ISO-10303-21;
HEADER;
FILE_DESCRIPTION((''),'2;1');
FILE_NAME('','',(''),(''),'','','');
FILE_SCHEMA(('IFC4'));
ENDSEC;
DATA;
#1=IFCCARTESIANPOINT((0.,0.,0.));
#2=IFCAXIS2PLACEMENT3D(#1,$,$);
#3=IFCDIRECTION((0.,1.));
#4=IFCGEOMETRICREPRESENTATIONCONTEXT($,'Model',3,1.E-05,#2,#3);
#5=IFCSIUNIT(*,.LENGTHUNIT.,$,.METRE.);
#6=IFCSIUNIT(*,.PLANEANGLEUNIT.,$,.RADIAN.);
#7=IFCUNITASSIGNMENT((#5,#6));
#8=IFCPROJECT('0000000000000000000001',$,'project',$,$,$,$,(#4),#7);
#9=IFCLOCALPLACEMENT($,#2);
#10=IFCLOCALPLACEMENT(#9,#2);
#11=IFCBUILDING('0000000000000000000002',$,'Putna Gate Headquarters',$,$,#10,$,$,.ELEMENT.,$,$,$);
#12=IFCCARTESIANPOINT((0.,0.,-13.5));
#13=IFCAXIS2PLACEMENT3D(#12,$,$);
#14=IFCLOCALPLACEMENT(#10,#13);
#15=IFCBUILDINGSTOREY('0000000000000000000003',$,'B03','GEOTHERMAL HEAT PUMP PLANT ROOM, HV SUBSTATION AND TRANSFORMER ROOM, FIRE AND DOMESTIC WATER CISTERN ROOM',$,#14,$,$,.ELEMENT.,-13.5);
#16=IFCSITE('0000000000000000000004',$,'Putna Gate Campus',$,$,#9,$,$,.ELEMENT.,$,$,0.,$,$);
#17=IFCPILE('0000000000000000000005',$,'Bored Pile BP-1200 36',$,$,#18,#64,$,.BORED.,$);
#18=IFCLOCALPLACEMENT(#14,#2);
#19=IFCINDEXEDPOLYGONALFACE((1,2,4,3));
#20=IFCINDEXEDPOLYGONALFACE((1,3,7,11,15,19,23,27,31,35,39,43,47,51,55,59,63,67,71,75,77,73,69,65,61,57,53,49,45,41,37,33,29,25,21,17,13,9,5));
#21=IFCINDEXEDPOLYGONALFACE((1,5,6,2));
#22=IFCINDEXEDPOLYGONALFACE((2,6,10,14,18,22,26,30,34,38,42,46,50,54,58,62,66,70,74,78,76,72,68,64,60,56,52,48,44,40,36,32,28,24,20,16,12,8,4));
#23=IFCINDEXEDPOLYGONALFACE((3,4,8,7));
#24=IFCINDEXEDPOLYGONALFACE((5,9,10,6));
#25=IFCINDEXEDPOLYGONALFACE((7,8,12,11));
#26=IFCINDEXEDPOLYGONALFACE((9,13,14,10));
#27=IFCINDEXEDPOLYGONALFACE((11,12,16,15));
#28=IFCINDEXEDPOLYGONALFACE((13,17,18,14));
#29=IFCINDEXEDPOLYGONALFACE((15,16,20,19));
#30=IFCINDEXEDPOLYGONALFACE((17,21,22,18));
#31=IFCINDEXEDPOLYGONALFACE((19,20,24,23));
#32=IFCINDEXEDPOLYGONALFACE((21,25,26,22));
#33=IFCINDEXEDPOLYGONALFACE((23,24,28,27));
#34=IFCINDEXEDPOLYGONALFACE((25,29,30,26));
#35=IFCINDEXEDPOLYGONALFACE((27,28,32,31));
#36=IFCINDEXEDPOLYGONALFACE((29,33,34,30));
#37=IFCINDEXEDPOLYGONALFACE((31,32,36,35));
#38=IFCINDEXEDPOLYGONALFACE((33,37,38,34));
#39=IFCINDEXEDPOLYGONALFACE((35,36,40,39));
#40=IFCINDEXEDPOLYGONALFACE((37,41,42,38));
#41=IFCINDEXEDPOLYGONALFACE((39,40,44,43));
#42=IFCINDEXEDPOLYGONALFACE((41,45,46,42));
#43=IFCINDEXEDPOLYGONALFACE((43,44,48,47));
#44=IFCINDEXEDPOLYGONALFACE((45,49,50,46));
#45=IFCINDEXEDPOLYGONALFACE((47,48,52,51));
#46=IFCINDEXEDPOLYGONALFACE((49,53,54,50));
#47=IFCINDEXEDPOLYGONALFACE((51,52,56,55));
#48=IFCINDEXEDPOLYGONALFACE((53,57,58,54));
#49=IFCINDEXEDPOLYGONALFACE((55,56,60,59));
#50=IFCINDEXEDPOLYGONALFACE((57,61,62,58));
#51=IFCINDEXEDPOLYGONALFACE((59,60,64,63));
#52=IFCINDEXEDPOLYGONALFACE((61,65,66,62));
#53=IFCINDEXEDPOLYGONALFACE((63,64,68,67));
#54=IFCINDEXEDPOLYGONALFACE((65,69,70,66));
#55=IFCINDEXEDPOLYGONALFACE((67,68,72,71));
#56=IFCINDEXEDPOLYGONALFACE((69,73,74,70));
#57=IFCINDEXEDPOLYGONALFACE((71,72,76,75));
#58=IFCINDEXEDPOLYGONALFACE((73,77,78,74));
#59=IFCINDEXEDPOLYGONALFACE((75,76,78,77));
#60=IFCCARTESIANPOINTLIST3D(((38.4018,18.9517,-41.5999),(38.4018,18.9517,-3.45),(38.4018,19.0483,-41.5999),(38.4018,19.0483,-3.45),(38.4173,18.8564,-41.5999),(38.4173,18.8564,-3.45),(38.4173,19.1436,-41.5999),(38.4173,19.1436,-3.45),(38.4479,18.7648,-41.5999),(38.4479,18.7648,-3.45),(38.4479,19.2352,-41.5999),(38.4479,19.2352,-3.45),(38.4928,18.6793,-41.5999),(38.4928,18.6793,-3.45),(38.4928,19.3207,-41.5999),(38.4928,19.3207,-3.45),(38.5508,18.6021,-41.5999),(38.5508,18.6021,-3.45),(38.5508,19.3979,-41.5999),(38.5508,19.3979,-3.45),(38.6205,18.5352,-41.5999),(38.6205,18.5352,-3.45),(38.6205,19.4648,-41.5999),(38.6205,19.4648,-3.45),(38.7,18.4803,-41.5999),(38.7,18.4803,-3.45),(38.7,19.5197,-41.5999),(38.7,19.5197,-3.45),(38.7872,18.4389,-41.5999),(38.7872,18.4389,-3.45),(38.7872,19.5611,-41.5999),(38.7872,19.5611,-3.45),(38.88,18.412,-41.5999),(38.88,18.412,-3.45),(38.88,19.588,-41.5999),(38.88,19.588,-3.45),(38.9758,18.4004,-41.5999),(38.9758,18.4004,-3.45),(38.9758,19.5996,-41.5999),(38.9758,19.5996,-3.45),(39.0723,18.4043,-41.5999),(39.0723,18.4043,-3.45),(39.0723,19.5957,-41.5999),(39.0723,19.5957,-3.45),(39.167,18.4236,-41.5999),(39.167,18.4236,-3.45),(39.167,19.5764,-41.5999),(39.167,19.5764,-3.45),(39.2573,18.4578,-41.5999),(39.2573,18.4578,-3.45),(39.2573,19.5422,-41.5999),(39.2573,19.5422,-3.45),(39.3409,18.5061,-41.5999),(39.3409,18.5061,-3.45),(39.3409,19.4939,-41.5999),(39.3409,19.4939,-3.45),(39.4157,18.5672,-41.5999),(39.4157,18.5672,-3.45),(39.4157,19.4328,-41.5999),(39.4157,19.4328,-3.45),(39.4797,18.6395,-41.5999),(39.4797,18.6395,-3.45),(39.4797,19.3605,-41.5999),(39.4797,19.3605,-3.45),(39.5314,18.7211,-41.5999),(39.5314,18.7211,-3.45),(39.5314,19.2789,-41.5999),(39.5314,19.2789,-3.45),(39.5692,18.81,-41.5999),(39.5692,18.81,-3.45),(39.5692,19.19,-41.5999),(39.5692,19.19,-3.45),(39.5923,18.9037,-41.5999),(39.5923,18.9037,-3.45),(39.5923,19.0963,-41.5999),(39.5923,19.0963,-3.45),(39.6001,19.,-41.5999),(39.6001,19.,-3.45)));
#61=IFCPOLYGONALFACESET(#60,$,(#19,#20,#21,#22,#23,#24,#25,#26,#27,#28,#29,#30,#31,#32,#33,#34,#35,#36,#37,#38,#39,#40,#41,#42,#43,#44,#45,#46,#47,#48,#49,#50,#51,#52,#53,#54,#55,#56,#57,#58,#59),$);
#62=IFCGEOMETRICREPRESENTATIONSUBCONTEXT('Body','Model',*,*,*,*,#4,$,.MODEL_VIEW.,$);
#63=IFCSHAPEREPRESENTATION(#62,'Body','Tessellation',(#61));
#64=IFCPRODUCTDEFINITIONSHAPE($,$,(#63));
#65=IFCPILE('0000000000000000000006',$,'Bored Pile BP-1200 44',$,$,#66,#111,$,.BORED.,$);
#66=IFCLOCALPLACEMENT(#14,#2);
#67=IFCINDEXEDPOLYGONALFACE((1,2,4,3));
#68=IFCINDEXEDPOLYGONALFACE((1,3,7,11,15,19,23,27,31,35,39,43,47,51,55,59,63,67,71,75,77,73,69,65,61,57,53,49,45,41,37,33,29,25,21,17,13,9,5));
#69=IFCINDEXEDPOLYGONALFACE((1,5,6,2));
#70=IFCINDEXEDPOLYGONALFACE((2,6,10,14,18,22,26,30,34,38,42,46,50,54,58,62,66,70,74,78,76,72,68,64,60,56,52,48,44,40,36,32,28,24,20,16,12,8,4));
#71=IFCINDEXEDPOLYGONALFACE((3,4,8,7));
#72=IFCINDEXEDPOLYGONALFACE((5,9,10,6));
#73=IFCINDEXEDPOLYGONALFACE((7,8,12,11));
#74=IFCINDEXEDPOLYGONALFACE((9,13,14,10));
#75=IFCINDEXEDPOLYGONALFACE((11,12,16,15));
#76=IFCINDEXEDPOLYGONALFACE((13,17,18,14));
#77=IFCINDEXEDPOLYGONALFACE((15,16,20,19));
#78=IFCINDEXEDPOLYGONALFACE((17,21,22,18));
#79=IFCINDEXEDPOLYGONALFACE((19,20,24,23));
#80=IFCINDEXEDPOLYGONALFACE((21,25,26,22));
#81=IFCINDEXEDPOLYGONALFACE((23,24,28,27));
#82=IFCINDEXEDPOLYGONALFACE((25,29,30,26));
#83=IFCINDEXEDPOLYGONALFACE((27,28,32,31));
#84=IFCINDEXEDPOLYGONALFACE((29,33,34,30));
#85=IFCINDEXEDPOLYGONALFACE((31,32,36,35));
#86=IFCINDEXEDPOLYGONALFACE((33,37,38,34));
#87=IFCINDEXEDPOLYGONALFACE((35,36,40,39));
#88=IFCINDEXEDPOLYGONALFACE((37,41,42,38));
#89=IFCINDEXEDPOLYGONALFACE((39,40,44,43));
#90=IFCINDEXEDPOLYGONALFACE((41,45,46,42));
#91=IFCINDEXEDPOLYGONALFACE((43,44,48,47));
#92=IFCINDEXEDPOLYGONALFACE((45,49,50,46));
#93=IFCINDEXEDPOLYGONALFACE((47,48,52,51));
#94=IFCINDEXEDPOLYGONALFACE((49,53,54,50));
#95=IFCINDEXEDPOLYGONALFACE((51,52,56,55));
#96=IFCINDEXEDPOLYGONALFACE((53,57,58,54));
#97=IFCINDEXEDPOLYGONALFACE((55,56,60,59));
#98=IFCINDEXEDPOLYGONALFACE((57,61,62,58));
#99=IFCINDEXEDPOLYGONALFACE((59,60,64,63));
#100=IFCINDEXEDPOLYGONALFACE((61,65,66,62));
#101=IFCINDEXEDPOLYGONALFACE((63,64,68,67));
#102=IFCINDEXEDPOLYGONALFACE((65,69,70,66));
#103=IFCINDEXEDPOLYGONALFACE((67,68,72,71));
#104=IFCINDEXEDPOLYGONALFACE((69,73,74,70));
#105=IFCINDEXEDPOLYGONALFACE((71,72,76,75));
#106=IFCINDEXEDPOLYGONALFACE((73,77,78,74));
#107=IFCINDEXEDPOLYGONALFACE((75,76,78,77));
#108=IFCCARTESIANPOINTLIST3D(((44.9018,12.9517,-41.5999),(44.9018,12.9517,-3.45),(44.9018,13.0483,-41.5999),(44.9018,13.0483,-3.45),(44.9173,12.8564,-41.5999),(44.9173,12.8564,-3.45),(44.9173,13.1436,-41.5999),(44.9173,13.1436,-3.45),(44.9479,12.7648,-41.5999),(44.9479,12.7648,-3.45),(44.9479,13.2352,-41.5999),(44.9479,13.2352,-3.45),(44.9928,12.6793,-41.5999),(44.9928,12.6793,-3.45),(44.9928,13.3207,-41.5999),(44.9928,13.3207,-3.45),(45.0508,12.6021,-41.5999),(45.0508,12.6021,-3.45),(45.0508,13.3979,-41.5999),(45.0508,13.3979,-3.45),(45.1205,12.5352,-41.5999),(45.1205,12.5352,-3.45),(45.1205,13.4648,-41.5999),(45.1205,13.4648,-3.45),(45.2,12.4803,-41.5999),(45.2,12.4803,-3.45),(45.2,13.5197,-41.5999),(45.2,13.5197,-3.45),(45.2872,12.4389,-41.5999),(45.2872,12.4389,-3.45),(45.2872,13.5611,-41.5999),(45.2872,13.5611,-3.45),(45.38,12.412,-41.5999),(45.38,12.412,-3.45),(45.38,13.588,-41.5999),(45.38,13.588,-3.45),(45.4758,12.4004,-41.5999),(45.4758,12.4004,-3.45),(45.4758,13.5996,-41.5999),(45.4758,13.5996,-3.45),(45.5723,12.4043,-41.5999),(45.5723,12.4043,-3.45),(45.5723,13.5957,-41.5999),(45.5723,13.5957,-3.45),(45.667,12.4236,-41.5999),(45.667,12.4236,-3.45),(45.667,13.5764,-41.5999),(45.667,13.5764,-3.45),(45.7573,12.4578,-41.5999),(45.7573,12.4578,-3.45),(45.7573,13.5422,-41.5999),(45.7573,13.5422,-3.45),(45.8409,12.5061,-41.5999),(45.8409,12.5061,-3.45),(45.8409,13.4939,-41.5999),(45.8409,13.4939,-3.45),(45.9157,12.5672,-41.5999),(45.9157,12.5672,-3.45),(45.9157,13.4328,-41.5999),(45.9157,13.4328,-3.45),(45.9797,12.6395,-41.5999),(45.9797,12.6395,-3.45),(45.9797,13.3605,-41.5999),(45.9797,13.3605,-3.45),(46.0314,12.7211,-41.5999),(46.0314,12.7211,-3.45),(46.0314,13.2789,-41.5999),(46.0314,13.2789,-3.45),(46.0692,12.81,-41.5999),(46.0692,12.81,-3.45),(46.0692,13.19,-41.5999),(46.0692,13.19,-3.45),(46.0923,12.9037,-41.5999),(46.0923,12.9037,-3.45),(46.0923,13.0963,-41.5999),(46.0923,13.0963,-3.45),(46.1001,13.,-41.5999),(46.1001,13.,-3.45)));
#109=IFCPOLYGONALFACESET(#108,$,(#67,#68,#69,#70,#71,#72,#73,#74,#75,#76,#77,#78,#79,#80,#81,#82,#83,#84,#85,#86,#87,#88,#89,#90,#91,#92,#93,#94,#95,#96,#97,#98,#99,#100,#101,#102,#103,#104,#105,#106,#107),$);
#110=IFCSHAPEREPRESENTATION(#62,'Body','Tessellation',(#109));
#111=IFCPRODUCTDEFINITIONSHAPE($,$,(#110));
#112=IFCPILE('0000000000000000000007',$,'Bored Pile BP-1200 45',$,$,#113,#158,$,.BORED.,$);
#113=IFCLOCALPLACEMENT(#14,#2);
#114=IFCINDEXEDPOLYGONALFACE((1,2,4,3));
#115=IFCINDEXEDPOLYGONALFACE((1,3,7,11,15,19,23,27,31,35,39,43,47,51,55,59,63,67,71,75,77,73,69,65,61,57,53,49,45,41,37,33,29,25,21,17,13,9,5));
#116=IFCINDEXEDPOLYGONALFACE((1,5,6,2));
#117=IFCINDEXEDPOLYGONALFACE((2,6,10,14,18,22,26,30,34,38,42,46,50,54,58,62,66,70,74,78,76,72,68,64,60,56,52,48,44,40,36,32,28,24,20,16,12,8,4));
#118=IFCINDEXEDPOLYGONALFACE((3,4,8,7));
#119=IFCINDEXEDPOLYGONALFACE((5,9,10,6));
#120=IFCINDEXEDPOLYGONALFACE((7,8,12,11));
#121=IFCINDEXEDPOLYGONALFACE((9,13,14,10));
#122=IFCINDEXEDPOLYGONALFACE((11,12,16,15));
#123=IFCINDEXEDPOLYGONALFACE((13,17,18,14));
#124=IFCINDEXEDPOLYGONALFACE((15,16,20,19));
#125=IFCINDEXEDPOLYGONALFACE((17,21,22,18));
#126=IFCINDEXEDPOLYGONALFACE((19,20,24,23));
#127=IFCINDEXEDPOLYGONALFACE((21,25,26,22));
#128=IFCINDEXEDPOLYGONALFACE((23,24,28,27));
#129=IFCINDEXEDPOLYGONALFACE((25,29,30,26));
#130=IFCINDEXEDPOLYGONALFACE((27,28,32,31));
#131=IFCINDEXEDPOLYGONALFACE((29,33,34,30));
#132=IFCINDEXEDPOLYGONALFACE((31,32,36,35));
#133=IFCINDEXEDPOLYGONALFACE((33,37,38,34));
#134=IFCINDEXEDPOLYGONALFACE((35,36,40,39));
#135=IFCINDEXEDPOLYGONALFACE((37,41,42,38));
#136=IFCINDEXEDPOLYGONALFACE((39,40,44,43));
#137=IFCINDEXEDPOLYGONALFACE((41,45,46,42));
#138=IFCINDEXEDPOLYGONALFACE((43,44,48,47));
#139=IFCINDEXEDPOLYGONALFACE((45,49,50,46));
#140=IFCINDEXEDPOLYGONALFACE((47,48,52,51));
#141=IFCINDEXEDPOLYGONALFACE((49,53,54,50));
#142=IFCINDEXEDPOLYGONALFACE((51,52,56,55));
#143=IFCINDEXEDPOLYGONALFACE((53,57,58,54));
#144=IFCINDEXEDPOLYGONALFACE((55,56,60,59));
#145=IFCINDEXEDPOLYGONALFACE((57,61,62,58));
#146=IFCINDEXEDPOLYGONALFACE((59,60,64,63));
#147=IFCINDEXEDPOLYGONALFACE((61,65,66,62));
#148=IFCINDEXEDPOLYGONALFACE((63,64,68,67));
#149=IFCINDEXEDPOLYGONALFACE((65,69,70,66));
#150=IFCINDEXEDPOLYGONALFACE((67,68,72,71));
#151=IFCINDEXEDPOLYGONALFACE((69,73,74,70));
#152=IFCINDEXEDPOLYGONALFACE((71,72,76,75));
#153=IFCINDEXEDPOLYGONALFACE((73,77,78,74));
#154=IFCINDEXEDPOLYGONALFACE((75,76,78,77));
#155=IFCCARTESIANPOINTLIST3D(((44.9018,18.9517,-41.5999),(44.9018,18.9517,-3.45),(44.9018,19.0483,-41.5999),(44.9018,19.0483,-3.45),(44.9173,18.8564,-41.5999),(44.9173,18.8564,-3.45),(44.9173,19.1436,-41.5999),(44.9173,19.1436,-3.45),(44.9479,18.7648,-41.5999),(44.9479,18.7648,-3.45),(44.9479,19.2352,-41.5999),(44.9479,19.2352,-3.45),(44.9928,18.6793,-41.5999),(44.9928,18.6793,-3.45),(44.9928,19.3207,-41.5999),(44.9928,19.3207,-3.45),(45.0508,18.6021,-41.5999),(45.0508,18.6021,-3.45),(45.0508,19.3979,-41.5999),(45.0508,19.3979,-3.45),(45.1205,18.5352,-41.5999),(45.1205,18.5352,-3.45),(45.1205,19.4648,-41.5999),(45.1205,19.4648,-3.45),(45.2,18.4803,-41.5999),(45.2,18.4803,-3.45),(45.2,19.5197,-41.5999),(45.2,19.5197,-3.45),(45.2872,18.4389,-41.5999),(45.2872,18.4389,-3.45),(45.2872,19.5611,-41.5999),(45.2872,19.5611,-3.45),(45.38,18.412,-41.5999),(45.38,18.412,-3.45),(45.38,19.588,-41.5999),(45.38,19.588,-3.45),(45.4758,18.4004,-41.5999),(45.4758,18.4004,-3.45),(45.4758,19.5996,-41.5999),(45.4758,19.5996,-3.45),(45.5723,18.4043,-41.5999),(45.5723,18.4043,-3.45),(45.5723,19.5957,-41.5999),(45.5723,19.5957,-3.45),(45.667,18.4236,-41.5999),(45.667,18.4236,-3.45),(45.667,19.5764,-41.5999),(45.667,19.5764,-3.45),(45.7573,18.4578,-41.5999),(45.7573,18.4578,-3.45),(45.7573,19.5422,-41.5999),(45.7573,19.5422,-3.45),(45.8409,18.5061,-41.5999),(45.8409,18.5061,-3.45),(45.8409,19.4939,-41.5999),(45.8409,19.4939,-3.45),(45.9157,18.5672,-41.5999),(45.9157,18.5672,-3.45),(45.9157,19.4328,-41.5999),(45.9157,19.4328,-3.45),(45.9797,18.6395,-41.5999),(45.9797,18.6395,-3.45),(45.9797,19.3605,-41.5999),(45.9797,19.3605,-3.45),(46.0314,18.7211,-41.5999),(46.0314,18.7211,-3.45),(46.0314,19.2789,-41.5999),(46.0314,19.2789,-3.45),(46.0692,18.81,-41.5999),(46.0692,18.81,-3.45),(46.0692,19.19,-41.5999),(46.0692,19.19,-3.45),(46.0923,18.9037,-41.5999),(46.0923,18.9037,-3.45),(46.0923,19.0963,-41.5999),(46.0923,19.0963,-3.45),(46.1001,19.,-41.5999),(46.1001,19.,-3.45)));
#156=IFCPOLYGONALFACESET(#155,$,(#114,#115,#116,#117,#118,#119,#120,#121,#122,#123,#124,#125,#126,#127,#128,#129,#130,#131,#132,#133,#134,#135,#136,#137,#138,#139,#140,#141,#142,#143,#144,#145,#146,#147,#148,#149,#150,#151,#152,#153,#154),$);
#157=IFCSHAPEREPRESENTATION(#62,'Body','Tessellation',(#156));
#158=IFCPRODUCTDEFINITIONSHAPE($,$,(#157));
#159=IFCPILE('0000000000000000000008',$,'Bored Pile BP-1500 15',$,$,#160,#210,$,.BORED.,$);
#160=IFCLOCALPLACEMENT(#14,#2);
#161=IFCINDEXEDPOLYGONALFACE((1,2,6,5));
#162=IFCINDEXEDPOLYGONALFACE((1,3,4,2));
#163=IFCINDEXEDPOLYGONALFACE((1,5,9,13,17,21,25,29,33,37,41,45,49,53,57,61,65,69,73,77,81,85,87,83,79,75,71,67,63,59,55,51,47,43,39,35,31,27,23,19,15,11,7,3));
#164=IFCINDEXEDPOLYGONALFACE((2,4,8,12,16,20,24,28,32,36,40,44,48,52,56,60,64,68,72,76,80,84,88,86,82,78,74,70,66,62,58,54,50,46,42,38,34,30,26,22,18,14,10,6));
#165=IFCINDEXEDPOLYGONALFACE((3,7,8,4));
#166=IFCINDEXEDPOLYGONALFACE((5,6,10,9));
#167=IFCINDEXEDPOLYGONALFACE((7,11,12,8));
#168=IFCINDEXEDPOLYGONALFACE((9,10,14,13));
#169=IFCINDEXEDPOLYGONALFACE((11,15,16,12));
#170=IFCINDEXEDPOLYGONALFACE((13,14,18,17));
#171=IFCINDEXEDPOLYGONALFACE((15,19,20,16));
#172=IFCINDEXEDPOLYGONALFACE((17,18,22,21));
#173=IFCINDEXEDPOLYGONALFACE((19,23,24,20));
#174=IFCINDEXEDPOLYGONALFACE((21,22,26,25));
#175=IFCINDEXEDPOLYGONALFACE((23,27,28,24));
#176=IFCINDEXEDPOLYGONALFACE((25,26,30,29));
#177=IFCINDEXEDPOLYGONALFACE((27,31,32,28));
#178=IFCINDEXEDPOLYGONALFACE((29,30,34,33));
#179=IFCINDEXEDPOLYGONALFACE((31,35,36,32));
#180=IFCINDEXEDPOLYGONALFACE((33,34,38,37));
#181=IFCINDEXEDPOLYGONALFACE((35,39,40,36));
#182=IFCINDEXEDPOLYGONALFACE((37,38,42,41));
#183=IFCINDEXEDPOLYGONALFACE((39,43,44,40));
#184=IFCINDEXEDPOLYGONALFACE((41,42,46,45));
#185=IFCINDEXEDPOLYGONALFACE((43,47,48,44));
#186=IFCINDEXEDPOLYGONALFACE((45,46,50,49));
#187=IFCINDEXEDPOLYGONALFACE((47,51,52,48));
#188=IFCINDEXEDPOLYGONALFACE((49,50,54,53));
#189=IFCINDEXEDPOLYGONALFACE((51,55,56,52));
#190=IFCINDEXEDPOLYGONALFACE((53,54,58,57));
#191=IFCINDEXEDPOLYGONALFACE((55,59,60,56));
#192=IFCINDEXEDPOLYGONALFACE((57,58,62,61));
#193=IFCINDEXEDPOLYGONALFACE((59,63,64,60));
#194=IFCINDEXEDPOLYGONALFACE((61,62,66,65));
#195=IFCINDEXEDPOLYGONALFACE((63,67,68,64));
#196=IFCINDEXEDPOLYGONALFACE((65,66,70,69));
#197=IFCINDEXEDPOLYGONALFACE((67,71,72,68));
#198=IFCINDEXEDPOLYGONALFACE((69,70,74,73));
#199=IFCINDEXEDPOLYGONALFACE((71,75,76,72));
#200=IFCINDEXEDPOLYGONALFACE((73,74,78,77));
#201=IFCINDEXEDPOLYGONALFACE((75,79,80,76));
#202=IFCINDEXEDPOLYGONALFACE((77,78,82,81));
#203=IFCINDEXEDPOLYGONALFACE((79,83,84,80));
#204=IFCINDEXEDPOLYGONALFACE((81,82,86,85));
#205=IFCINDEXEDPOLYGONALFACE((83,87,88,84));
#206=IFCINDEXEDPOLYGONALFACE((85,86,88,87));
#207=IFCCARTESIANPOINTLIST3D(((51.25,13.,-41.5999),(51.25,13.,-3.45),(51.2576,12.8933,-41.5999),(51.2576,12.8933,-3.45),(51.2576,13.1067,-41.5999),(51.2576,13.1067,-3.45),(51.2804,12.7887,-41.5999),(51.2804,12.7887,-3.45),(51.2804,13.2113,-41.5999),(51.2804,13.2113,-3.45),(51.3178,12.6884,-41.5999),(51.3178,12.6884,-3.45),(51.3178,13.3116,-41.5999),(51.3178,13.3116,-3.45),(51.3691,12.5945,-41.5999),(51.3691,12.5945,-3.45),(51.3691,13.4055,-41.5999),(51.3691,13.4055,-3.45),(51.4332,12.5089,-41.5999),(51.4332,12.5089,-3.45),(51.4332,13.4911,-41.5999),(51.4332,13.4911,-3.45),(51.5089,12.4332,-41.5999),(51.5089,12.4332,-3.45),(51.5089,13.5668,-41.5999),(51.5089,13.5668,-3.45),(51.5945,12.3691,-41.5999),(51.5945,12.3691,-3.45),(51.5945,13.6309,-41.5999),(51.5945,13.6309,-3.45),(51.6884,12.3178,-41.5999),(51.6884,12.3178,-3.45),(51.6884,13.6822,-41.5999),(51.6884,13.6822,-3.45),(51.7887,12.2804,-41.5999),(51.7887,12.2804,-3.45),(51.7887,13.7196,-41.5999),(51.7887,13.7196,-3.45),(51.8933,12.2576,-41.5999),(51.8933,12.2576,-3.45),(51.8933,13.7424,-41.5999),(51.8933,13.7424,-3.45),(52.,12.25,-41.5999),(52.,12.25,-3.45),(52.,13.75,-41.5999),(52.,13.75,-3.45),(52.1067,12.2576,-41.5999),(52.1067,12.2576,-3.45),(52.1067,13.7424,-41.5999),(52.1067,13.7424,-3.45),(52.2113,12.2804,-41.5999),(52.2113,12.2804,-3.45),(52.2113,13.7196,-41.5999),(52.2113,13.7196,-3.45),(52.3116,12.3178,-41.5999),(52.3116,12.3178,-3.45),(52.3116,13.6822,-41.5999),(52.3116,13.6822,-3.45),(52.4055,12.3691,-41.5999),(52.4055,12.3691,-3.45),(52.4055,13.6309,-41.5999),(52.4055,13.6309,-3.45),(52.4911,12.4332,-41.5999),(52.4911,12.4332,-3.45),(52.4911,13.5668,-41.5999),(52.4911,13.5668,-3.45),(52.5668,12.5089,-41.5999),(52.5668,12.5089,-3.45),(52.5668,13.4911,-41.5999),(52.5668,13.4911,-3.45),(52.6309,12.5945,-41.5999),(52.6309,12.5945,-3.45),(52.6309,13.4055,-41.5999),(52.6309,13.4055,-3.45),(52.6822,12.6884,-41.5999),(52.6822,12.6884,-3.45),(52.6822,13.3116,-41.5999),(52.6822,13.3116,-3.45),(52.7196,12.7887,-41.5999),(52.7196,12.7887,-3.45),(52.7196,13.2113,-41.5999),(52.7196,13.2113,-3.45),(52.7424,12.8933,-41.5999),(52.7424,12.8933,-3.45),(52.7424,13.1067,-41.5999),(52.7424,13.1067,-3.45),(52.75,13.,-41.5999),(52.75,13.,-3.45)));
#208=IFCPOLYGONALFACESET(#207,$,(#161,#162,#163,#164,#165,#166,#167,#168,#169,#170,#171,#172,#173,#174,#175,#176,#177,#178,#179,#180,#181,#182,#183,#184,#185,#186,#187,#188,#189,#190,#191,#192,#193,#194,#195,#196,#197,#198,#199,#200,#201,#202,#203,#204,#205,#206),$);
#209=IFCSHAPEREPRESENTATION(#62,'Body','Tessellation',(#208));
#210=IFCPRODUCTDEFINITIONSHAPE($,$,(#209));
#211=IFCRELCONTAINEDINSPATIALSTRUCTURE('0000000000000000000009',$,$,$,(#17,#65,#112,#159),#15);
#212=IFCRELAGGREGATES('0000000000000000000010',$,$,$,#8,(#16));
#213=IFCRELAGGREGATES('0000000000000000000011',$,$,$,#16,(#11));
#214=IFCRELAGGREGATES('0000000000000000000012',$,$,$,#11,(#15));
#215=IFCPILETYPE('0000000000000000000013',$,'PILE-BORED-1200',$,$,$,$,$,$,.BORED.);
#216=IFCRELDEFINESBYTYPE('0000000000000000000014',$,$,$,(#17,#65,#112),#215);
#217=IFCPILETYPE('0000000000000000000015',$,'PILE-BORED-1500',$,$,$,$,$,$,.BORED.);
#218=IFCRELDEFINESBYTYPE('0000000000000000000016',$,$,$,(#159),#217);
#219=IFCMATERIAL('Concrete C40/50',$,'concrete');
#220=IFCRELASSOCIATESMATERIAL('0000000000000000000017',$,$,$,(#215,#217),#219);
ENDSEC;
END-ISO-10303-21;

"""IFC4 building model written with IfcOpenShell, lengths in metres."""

from ifc_helpers import new_model, si_unit, direction, frame, origin, origin_2d, place, context, subcontext, project, spatial, circle, extrude, material, material_profile, profile_set, type_object, element, save


model = new_model("IFC4")

# Units and contexts
model_context = context("Model", 3, precision=1e-05, world=origin(), true_north=direction((0.0, 1.0)))
body_context = subcontext(model_context, "Body", "Model", "MODEL_VIEW")
ifc_project = project(units=[si_unit("LENGTHUNIT", "METRE"), si_unit("PLANEANGLEUNIT", "RADIAN")], contexts=[model_context])

# Site, building, storey
site_placement = place(None, origin())
site = spatial("IfcSite", under=ifc_project, at=site_placement, Name="Putna Gate Campus", CompositionType="ELEMENT", RefElevation=0.0)
building_placement = place(site_placement, origin())
building = spatial("IfcBuilding", under=site, at=building_placement, Name="Putna Gate Headquarters", CompositionType="ELEMENT")
storey_placement = place(building_placement, frame((0.0, 0.0, -13.5)))
storey = spatial("IfcBuildingStorey", under=building, at=storey_placement, Name="B03", Description="GEOTHERMAL HEAT PUMP PLANT ROOM, HV SUBSTATION AND TRANSFORMER ROOM, FIRE AND DOMESTIC WATER CISTERN ROOM", CompositionType="ELEMENT", Elevation=-13.5)

# Piles
ifc_material_1 = material(Name="Concrete C40/50", Category="concrete")
ifc_material_profile_1 = material_profile(ifc_material_1, circle(Radius=0.6001, at=origin_2d()), Name="Concrete C40/50")
ifc_profile_set_1 = profile_set([ifc_material_profile_1], Name="Concrete C40/50")
pile_type_1 = type_object("IfcPileType", Name="PILE-BORED-1200", PredefinedType="BORED", material=ifc_profile_set_1)
for number, where, z_axis, x_axis, name in (
    (1, (39.0, 19.0, -3.45), (0.0, 0.0, -1.0), (1.0, 0.0, 0.0), "Bored Pile BP-1200 36"),
    (2, (45.5, 13.0, -3.45), (0.0, 0.0, -1.0), (1.0, 0.0, 0.0), "Bored Pile BP-1200 44"),
    (3, (45.5, 19.0, -3.45), (0.0, 0.0, -1.0), (1.0, 0.0, 0.0), "Bored Pile BP-1200 45"),
):
    element("IfcPile", number, at=place(storey_placement, frame(where, z_axis=z_axis, x_axis=x_axis)), inside=storey, type_object=pile_type_1, Name=name, PredefinedType="BORED", context=body_context, shape_type="SweptSolid", body=[
        extrude(circle(Radius=0.6001, at=origin_2d()), origin(), (0.0, 0.0, 1.0), 38.1499),
    ])
ifc_material_profile_2 = material_profile(ifc_material_1, circle(Radius=0.75, at=origin_2d()), Name="Concrete C40/50")
ifc_profile_set_2 = profile_set([ifc_material_profile_2], Name="Concrete C40/50")
pile_type_2 = type_object("IfcPileType", Name="PILE-BORED-1500", PredefinedType="BORED", material=ifc_profile_set_2)
for number, where, z_axis, x_axis, name in (
    (4, (52.0, 13.0, -3.45), (0.0, 0.0, -1.0), (1.0, 0.0, 0.0), "Bored Pile BP-1500 15"),
):
    element("IfcPile", number, at=place(storey_placement, frame(where, z_axis=z_axis, x_axis=x_axis)), inside=storey, type_object=pile_type_2, Name=name, PredefinedType="BORED", context=body_context, shape_type="SweptSolid", body=[
        extrude(circle(Radius=0.75, at=origin_2d()), origin(), (0.0, 0.0, 1.0), 38.1499),
    ])

save(model, "model.ifc")
